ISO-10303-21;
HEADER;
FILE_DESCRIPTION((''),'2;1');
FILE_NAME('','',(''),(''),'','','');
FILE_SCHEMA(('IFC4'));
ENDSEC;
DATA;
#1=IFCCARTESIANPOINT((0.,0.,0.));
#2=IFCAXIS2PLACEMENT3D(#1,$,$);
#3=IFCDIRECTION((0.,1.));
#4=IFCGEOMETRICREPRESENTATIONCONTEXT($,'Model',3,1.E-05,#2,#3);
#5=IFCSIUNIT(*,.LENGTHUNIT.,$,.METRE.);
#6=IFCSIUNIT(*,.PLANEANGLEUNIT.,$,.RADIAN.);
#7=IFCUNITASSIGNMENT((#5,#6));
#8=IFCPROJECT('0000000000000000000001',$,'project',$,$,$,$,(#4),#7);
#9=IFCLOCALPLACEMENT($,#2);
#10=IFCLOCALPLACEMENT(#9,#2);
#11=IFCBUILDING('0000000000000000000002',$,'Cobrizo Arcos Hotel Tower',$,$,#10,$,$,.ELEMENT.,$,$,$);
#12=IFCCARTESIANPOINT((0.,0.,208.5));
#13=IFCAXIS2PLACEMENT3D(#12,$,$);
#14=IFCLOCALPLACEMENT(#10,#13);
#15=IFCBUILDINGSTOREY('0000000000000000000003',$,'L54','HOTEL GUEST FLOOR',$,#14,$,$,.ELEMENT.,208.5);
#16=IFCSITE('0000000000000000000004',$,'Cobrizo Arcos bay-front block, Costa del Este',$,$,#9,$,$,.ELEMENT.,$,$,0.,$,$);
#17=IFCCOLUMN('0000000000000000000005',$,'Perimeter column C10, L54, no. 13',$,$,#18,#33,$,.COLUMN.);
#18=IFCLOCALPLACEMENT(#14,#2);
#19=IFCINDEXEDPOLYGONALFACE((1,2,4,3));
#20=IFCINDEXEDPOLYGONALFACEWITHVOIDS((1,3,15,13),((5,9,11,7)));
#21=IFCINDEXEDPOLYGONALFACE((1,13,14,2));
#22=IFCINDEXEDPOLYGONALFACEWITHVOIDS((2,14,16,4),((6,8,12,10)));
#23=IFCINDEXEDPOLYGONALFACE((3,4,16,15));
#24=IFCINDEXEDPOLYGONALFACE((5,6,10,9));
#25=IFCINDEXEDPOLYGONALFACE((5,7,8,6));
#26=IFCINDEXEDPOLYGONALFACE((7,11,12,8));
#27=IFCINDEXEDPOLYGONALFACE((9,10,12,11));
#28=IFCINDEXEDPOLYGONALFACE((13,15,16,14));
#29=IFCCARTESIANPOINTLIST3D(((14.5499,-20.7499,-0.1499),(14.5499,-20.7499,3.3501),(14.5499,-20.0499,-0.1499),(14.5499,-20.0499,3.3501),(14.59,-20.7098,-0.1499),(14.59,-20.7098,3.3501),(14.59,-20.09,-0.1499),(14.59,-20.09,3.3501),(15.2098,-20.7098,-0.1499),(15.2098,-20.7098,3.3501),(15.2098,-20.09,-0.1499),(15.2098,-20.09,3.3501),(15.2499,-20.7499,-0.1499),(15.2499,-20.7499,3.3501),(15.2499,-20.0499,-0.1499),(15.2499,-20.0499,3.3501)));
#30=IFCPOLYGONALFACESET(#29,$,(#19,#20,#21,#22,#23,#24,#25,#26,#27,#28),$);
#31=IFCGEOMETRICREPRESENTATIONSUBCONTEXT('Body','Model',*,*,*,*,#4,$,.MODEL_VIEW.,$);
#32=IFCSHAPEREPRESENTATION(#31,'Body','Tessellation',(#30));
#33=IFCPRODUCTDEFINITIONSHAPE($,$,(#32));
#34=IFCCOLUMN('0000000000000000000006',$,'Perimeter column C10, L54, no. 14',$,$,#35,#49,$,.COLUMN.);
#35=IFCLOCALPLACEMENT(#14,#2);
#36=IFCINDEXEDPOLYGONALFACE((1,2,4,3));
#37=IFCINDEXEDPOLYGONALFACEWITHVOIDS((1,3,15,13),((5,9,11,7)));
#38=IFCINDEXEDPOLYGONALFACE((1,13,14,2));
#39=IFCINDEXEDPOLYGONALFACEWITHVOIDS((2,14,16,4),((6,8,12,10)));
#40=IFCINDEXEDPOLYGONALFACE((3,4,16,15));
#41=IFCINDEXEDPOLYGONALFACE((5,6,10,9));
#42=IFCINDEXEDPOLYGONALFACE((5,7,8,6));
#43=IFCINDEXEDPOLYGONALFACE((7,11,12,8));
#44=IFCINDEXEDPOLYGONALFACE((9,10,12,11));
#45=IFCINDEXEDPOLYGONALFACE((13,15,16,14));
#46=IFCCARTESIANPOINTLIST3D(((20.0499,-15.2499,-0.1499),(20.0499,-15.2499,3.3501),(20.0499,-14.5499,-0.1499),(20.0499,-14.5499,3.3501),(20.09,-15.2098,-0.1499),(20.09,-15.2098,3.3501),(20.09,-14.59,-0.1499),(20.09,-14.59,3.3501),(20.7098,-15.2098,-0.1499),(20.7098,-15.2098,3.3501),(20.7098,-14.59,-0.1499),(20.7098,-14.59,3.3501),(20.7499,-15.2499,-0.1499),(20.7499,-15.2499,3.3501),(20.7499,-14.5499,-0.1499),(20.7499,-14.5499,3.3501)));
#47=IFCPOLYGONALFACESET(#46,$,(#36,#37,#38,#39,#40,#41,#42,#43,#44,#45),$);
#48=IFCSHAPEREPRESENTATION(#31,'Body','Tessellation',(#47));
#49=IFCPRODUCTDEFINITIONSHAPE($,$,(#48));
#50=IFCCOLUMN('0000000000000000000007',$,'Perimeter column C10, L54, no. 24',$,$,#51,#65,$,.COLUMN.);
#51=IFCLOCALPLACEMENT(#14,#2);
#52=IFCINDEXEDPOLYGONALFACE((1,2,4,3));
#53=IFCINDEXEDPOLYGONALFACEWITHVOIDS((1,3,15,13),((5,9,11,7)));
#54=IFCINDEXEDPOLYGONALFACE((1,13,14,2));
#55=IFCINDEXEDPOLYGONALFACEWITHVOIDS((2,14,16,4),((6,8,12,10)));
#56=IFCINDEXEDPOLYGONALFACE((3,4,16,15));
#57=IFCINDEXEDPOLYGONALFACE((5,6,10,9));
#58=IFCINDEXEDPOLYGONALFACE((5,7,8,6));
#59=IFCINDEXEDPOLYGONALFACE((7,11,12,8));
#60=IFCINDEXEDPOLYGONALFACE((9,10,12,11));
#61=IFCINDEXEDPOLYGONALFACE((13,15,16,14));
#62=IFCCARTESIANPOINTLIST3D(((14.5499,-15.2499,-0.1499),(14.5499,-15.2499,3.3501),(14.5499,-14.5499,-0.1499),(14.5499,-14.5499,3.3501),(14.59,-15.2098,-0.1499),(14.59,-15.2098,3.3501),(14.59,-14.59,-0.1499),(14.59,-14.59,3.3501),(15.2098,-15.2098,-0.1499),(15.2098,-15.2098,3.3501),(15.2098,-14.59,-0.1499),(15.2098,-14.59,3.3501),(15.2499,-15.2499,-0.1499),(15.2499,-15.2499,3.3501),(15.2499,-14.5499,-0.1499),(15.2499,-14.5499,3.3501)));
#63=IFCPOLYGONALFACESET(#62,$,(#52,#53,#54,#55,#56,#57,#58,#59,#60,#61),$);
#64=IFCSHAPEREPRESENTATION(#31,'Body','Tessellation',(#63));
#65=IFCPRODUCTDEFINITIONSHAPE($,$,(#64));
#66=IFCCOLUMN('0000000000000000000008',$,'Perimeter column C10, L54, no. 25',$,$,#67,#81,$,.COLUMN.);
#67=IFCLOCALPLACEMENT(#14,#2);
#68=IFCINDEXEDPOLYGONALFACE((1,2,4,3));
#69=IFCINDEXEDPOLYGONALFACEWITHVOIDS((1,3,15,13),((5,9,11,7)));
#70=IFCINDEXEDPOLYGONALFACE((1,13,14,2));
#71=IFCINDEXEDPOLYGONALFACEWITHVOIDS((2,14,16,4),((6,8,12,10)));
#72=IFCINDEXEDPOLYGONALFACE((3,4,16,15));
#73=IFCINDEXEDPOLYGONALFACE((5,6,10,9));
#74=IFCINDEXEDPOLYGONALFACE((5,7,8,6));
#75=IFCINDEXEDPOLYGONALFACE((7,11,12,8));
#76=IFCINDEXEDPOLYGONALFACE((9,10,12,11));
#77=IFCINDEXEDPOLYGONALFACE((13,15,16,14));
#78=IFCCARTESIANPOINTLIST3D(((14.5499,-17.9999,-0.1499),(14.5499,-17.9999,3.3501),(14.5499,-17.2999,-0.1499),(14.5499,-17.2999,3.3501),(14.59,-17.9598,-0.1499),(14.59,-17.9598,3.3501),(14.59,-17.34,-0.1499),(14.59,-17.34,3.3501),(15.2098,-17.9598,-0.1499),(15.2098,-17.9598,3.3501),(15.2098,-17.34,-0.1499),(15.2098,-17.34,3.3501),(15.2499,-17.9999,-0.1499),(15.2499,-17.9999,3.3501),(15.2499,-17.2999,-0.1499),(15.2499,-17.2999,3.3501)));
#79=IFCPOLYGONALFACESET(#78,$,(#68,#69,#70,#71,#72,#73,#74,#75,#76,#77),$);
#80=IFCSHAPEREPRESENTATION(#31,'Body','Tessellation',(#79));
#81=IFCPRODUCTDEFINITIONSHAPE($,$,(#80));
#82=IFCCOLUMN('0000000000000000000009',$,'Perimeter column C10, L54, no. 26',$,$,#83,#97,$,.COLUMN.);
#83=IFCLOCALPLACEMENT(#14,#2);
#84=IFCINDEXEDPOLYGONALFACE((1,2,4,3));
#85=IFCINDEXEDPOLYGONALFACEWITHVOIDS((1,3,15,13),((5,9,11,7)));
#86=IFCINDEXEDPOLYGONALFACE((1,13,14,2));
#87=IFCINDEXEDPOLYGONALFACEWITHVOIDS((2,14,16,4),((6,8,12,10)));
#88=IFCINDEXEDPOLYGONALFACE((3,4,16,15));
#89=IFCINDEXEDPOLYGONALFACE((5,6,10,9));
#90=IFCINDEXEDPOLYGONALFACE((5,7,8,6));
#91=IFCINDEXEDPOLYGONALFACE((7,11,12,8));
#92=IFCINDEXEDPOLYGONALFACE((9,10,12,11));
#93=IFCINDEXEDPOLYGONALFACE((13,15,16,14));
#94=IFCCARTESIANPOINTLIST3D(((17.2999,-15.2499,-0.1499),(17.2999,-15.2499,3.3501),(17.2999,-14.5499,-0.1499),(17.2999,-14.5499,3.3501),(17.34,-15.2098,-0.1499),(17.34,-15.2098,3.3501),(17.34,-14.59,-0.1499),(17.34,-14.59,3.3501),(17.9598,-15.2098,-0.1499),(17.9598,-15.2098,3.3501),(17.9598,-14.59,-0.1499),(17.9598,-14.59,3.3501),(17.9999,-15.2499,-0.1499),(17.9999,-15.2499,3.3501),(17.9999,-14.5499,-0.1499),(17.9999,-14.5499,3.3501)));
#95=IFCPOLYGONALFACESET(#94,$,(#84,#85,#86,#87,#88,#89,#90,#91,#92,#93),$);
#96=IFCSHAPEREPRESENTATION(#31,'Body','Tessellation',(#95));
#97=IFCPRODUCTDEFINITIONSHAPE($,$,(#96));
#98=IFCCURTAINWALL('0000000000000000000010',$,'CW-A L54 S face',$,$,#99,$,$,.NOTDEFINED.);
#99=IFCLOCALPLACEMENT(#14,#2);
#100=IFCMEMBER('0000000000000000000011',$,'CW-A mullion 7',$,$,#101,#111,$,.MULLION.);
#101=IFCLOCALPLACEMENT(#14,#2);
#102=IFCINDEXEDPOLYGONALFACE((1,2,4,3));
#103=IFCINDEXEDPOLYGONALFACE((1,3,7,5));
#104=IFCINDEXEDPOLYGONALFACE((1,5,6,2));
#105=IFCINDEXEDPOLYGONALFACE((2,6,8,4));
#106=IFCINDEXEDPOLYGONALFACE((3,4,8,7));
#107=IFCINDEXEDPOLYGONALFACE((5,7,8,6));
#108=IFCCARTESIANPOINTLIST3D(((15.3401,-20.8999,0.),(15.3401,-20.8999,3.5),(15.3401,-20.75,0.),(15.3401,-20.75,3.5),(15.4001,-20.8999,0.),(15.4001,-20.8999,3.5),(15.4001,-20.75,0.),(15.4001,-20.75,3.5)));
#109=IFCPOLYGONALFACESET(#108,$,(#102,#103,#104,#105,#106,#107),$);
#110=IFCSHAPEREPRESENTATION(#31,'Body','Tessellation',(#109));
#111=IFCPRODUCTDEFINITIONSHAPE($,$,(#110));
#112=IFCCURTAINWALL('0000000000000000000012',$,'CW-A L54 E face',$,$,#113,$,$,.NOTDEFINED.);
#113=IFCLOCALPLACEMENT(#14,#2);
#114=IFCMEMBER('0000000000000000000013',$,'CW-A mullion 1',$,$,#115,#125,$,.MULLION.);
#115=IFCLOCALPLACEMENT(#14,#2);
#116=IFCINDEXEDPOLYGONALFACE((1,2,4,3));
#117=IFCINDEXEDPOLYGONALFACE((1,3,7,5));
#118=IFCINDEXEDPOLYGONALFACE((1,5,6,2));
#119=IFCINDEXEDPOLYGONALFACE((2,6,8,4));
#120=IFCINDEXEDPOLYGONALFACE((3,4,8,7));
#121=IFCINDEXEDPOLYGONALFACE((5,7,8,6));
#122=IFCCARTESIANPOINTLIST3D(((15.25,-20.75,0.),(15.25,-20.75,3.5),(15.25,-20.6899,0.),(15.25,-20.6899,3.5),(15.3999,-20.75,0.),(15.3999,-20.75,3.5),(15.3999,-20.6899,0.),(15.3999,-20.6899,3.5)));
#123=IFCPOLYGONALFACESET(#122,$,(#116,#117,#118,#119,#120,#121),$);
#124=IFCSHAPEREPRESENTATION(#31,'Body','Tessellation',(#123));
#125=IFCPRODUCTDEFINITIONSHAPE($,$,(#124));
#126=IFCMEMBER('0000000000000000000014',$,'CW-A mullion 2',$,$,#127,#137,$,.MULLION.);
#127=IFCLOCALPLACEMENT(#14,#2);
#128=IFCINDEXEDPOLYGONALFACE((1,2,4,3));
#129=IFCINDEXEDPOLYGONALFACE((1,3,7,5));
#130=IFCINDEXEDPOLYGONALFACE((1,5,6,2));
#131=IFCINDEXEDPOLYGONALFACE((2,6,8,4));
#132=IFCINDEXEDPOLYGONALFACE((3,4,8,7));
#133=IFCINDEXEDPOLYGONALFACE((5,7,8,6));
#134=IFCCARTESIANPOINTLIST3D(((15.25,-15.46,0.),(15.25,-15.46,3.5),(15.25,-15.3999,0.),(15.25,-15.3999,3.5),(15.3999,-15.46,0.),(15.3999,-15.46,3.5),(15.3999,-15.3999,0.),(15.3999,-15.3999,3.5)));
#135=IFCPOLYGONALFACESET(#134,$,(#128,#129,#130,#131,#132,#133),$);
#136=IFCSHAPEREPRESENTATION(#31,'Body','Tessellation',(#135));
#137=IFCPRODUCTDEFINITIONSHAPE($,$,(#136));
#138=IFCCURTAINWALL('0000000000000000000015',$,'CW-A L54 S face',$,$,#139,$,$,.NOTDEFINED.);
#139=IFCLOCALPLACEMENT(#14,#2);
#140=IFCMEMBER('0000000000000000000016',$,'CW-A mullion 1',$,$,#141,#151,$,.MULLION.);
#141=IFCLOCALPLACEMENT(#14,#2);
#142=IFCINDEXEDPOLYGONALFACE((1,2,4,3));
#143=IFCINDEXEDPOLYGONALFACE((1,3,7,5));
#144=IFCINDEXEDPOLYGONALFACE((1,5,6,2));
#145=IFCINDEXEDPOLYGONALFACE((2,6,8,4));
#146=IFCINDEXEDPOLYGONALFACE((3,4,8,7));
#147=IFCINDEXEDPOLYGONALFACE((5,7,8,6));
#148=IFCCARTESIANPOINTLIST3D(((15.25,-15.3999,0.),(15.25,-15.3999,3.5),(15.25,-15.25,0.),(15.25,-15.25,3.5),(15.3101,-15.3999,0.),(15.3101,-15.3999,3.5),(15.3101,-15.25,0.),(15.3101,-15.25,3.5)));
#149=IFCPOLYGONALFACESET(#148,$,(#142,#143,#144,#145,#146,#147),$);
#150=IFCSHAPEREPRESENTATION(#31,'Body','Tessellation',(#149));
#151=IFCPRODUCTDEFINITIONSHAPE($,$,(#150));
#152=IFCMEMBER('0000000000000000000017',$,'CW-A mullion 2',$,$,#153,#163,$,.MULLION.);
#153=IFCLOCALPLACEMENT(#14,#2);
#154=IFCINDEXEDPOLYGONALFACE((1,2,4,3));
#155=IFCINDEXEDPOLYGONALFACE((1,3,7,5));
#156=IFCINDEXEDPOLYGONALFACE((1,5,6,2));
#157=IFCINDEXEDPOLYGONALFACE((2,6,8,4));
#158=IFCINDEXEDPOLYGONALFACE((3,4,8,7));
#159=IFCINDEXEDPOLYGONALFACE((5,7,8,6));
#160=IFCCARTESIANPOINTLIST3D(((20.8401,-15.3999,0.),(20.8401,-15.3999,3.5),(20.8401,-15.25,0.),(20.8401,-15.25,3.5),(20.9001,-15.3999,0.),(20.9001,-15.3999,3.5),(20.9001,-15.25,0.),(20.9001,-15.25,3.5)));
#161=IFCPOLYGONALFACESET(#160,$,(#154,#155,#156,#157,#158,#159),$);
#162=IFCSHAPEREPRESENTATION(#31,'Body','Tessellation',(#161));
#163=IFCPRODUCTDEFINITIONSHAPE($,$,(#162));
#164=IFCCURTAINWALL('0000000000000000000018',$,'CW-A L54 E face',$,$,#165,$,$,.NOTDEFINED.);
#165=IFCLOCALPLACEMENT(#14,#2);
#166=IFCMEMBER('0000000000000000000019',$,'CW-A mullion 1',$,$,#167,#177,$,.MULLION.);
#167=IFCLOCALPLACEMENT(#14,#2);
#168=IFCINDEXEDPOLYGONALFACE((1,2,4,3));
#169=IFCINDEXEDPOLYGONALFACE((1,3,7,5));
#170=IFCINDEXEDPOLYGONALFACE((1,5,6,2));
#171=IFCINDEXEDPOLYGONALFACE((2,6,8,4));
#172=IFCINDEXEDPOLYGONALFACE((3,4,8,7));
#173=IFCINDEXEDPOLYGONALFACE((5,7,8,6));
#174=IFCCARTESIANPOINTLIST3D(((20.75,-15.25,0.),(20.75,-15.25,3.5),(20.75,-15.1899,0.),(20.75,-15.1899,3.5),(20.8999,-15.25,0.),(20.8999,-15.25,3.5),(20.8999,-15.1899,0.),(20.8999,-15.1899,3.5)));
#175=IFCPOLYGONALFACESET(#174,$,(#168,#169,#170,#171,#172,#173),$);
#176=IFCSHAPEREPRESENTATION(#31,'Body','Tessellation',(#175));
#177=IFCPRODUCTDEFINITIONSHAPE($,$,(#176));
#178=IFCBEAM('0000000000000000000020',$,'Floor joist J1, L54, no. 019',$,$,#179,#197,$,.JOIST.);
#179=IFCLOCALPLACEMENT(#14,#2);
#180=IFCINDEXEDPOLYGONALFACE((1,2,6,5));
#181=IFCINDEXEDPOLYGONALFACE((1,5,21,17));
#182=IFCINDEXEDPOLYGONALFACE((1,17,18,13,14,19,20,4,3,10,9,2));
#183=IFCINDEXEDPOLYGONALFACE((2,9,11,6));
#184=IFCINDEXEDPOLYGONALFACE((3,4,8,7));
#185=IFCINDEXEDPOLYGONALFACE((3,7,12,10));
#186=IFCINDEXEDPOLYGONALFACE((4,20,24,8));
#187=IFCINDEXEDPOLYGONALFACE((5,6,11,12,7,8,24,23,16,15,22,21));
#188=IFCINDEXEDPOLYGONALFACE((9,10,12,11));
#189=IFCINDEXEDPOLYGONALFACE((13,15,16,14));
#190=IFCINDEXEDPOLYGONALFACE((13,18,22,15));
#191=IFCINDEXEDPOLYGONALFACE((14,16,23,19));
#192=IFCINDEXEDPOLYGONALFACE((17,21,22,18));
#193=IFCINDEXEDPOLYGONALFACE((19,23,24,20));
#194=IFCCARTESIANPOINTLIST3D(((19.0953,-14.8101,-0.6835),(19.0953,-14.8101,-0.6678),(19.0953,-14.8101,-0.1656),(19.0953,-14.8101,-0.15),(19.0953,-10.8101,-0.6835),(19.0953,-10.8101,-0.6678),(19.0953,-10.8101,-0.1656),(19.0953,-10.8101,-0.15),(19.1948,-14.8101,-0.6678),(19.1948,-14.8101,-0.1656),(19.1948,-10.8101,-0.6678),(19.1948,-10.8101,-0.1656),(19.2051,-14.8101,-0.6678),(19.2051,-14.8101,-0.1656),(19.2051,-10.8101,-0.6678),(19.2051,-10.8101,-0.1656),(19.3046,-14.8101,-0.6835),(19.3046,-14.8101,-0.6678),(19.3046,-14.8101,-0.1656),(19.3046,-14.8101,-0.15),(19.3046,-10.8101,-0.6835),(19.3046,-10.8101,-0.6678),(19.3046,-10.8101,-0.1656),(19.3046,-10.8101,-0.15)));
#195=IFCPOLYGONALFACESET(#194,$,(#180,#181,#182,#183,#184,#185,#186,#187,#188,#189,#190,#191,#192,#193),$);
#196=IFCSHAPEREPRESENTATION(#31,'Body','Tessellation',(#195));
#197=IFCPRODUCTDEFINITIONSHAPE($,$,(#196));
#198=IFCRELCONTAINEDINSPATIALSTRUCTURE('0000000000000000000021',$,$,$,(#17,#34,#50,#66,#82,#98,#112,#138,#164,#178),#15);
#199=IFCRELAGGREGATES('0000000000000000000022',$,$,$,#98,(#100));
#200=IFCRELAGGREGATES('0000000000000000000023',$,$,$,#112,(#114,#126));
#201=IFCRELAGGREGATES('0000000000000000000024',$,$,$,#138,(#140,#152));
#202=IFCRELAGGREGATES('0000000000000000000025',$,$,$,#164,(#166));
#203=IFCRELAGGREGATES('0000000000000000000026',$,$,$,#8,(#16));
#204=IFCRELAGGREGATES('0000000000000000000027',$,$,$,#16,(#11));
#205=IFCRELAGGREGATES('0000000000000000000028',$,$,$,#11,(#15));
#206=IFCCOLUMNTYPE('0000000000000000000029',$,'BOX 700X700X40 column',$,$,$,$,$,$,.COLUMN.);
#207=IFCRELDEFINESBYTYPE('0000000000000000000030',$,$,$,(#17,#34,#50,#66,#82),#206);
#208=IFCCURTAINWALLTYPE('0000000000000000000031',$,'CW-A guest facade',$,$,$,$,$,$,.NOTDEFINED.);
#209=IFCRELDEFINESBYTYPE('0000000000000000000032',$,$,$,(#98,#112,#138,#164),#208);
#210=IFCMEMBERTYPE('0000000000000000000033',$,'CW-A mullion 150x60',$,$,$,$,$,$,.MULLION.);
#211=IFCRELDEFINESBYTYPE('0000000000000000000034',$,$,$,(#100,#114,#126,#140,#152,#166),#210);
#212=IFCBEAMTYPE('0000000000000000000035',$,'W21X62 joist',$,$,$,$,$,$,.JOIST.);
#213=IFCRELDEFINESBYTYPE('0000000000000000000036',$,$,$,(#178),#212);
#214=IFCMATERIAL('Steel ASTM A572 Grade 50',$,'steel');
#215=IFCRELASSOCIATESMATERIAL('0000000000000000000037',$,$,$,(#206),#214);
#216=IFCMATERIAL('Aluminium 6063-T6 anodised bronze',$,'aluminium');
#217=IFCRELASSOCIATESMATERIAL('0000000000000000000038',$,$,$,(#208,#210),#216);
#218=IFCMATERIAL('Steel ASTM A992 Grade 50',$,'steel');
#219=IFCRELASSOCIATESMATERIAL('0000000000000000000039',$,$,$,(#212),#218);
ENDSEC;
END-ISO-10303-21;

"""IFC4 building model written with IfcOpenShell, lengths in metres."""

from ifc_helpers import new_model, si_unit, direction, frame, origin, origin_2d, place, context, subcontext, project, spatial, rectangle, hollow_rectangle, i_section, extrude, material, material_profile, profile_set, type_object, element, aggregate, save


model = new_model("IFC4")

# Units and contexts
model_context = context("Model", 3, precision=1e-05, world=origin(), true_north=direction((0.0, 1.0)))
body_context = subcontext(model_context, "Body", "Model", "MODEL_VIEW")
ifc_project = project(units=[si_unit("LENGTHUNIT", "METRE"), si_unit("PLANEANGLEUNIT", "RADIAN")], contexts=[model_context])

# Site, building, storey
site_placement = place(None, origin())
site = spatial("IfcSite", under=ifc_project, at=site_placement, Name="Cobrizo Arcos bay-front block, Costa del Este", CompositionType="ELEMENT", RefElevation=0.0)
building_placement = place(site_placement, origin())
building = spatial("IfcBuilding", under=site, at=building_placement, Name="Cobrizo Arcos Hotel Tower", CompositionType="ELEMENT")
storey_placement = place(building_placement, frame((0.0, 0.0, 208.5)))
storey = spatial("IfcBuildingStorey", under=building, at=storey_placement, Name="L54", Description="HOTEL GUEST FLOOR", CompositionType="ELEMENT", Elevation=208.5)

# Columns
ifc_material_1 = material(Name="Steel ASTM A572 Grade 50", Category="steel")
ifc_material_profile_1 = material_profile(ifc_material_1, hollow_rectangle(XDim=0.7, YDim=0.7, WallThickness=0.04, at=origin_2d()), Name="BOX 700X700X40")
ifc_profile_set_1 = profile_set([ifc_material_profile_1], Name="Steel ASTM A572 Grade 50")
column_type = type_object("IfcColumnType", Name="BOX 700X700X40 column", PredefinedType="COLUMN", material=ifc_profile_set_1)
for number, where, z_axis, x_axis, name in (
    (1, (14.8999, -20.3999, -0.1499), (0.0, 0.0, 1.0), (1.0, 0.0, 0.0), "Perimeter column C10, L54, no. 13"),
    (2, (20.3999, -14.8999, -0.1499), (0.0, 0.0, 1.0), (1.0, 0.0, 0.0), "Perimeter column C10, L54, no. 14"),
    (3, (14.8999, -14.8999, -0.1499), (0.0, 0.0, 1.0), (1.0, 0.0, 0.0), "Perimeter column C10, L54, no. 24"),
    (4, (14.8999, -17.6499, -0.1499), (0.0, 0.0, 1.0), (1.0, 0.0, 0.0), "Perimeter column C10, L54, no. 25"),
    (5, (17.6499, -14.8999, -0.1499), (0.0, 0.0, 1.0), (1.0, 0.0, 0.0), "Perimeter column C10, L54, no. 26"),
):
    element("IfcColumn", number, at=place(storey_placement, frame(where, z_axis=z_axis, x_axis=x_axis)), inside=storey, type_object=column_type, Name=name, PredefinedType="COLUMN", context=body_context, shape_type="SweptSolid", body=[
        extrude(hollow_rectangle(XDim=0.7, YDim=0.7, WallThickness=0.04, at=origin_2d()), origin(), (0.0, 0.0, 1.0), 3.5),
    ])

# Curtain wall, member
ifc_material_2 = material(Name="Aluminium 6063-T6 anodised bronze", Category="aluminium")
curtain_wall_type = type_object("IfcCurtainWallType", Name="CW-A guest facade", PredefinedType="NOTDEFINED", material=ifc_material_2)
curtain_wall_1_placement = place(storey_placement, origin())
curtain_wall_1 = element("IfcCurtainWall", 6, at=curtain_wall_1_placement, inside=storey, type_object=curtain_wall_type, Name="CW-A L54 S face", PredefinedType="NOTDEFINED")
ifc_material_profile_2 = material_profile(ifc_material_2, rectangle(XDim=0.1499, YDim=0.0601, at=origin_2d()), Name="CW-A mullion 150x60")
ifc_profile_set_2 = profile_set([ifc_material_profile_2], Name="Aluminium 6063-T6 anodised bronze")
member_type = type_object("IfcMemberType", Name="CW-A mullion 150x60", PredefinedType="MULLION", material=ifc_profile_set_2)
member_1_placement = place(storey_placement, frame((15.3701, -20.825, 0.0), z_axis=(0.0, 0.0, 1.0), x_axis=(0.0, -1.0, 0.0)))
member_1 = element("IfcMember", 7, at=member_1_placement, type_object=member_type, Name="CW-A mullion 7", PredefinedType="MULLION", context=body_context, shape_type="SweptSolid", body=[
    extrude(rectangle(XDim=0.1499, YDim=0.0601, at=origin_2d()), origin(), (0.0, 0.0, 1.0), 3.5),
])
aggregate(curtain_wall_1, [member_1])

# Curtain walls, members
curtain_wall_2_placement = place(storey_placement, origin())
curtain_wall_2 = element("IfcCurtainWall", 8, at=curtain_wall_2_placement, inside=storey, type_object=curtain_wall_type, Name="CW-A L54 E face", PredefinedType="NOTDEFINED")
member_2_placement = place(storey_placement, frame((15.325, -20.72, 0.0), z_axis=(0.0, 0.0, 1.0), x_axis=(1.0, 0.0, 0.0)))
member_2 = element("IfcMember", 9, at=member_2_placement, type_object=member_type, Name="CW-A mullion 1", PredefinedType="MULLION", context=body_context, shape_type="SweptSolid", body=[
    extrude(rectangle(XDim=0.1499, YDim=0.0601, at=origin_2d()), origin(), (0.0, 0.0, 1.0), 3.5),
])
member_3_placement = place(storey_placement, frame((15.325, -15.4299, 0.0), z_axis=(0.0, 0.0, 1.0), x_axis=(1.0, 0.0, 0.0)))
member_3 = element("IfcMember", 10, at=member_3_placement, type_object=member_type, Name="CW-A mullion 2", PredefinedType="MULLION", context=body_context, shape_type="SweptSolid", body=[
    extrude(rectangle(XDim=0.1499, YDim=0.0601, at=origin_2d()), origin(), (0.0, 0.0, 1.0), 3.5),
])
curtain_wall_3_placement = place(storey_placement, origin())
curtain_wall_3 = element("IfcCurtainWall", 11, at=curtain_wall_3_placement, inside=storey, type_object=curtain_wall_type, Name="CW-A L54 S face", PredefinedType="NOTDEFINED")
member_4_placement = place(storey_placement, frame((15.28, -15.325, 0.0), z_axis=(0.0, 0.0, 1.0), x_axis=(0.0, -1.0, 0.0)))
member_4 = element("IfcMember", 12, at=member_4_placement, type_object=member_type, Name="CW-A mullion 1", PredefinedType="MULLION", context=body_context, shape_type="SweptSolid", body=[
    extrude(rectangle(XDim=0.1499, YDim=0.0601, at=origin_2d()), origin(), (0.0, 0.0, 1.0), 3.5),
])
member_5_placement = place(storey_placement, frame((20.8701, -15.325, 0.0), z_axis=(0.0, 0.0, 1.0), x_axis=(0.0, -1.0, 0.0)))
member_5 = element("IfcMember", 13, at=member_5_placement, type_object=member_type, Name="CW-A mullion 2", PredefinedType="MULLION", context=body_context, shape_type="SweptSolid", body=[
    extrude(rectangle(XDim=0.1499, YDim=0.0601, at=origin_2d()), origin(), (0.0, 0.0, 1.0), 3.5),
])

# Curtain wall, member
curtain_wall_4_placement = place(storey_placement, origin())
curtain_wall_4 = element("IfcCurtainWall", 14, at=curtain_wall_4_placement, inside=storey, type_object=curtain_wall_type, Name="CW-A L54 E face", PredefinedType="NOTDEFINED")
member_6_placement = place(storey_placement, frame((20.825, -15.22, 0.0), z_axis=(0.0, 0.0, 1.0), x_axis=(1.0, 0.0, 0.0)))
member_6 = element("IfcMember", 15, at=member_6_placement, type_object=member_type, Name="CW-A mullion 1", PredefinedType="MULLION", context=body_context, shape_type="SweptSolid", body=[
    extrude(rectangle(XDim=0.1499, YDim=0.0601, at=origin_2d()), origin(), (0.0, 0.0, 1.0), 3.5),
])

# Beam
ifc_material_3 = material(Name="Steel ASTM A992 Grade 50", Category="steel")
ifc_material_profile_3 = material_profile(ifc_material_3, i_section(OverallWidth=0.2092, OverallDepth=0.5334, WebThickness=0.0103, FlangeThickness=0.0156, at=origin_2d()), Name="W21X62")
ifc_profile_set_3 = profile_set([ifc_material_profile_3], Name="Steel ASTM A992 Grade 50")
beam_type_1 = type_object("IfcBeamType", Name="W21X62 joist", PredefinedType="JOIST", material=ifc_profile_set_3)
beam_1_placement = place(storey_placement, frame((19.2, -14.8101, -0.4167), z_axis=(0.0, 1.0, 0.0), x_axis=(-1.0, 0.0, 0.0)))
element("IfcBeam", 16, at=beam_1_placement, inside=storey, type_object=beam_type_1, Name="Floor joist J1, L54, no. 019", PredefinedType="JOIST", context=body_context, shape_type="SweptSolid", body=[
    extrude(i_section(OverallWidth=0.2092, OverallDepth=0.5334, WebThickness=0.0103, FlangeThickness=0.0156, at=origin_2d()), origin(), (0.0, 0.0, 1.0), 4.0),
])

aggregate(curtain_wall_2, [member_2, member_3])
aggregate(curtain_wall_3, [member_4, member_5])
aggregate(curtain_wall_4, [member_6])

save(model, "model.ifc")
